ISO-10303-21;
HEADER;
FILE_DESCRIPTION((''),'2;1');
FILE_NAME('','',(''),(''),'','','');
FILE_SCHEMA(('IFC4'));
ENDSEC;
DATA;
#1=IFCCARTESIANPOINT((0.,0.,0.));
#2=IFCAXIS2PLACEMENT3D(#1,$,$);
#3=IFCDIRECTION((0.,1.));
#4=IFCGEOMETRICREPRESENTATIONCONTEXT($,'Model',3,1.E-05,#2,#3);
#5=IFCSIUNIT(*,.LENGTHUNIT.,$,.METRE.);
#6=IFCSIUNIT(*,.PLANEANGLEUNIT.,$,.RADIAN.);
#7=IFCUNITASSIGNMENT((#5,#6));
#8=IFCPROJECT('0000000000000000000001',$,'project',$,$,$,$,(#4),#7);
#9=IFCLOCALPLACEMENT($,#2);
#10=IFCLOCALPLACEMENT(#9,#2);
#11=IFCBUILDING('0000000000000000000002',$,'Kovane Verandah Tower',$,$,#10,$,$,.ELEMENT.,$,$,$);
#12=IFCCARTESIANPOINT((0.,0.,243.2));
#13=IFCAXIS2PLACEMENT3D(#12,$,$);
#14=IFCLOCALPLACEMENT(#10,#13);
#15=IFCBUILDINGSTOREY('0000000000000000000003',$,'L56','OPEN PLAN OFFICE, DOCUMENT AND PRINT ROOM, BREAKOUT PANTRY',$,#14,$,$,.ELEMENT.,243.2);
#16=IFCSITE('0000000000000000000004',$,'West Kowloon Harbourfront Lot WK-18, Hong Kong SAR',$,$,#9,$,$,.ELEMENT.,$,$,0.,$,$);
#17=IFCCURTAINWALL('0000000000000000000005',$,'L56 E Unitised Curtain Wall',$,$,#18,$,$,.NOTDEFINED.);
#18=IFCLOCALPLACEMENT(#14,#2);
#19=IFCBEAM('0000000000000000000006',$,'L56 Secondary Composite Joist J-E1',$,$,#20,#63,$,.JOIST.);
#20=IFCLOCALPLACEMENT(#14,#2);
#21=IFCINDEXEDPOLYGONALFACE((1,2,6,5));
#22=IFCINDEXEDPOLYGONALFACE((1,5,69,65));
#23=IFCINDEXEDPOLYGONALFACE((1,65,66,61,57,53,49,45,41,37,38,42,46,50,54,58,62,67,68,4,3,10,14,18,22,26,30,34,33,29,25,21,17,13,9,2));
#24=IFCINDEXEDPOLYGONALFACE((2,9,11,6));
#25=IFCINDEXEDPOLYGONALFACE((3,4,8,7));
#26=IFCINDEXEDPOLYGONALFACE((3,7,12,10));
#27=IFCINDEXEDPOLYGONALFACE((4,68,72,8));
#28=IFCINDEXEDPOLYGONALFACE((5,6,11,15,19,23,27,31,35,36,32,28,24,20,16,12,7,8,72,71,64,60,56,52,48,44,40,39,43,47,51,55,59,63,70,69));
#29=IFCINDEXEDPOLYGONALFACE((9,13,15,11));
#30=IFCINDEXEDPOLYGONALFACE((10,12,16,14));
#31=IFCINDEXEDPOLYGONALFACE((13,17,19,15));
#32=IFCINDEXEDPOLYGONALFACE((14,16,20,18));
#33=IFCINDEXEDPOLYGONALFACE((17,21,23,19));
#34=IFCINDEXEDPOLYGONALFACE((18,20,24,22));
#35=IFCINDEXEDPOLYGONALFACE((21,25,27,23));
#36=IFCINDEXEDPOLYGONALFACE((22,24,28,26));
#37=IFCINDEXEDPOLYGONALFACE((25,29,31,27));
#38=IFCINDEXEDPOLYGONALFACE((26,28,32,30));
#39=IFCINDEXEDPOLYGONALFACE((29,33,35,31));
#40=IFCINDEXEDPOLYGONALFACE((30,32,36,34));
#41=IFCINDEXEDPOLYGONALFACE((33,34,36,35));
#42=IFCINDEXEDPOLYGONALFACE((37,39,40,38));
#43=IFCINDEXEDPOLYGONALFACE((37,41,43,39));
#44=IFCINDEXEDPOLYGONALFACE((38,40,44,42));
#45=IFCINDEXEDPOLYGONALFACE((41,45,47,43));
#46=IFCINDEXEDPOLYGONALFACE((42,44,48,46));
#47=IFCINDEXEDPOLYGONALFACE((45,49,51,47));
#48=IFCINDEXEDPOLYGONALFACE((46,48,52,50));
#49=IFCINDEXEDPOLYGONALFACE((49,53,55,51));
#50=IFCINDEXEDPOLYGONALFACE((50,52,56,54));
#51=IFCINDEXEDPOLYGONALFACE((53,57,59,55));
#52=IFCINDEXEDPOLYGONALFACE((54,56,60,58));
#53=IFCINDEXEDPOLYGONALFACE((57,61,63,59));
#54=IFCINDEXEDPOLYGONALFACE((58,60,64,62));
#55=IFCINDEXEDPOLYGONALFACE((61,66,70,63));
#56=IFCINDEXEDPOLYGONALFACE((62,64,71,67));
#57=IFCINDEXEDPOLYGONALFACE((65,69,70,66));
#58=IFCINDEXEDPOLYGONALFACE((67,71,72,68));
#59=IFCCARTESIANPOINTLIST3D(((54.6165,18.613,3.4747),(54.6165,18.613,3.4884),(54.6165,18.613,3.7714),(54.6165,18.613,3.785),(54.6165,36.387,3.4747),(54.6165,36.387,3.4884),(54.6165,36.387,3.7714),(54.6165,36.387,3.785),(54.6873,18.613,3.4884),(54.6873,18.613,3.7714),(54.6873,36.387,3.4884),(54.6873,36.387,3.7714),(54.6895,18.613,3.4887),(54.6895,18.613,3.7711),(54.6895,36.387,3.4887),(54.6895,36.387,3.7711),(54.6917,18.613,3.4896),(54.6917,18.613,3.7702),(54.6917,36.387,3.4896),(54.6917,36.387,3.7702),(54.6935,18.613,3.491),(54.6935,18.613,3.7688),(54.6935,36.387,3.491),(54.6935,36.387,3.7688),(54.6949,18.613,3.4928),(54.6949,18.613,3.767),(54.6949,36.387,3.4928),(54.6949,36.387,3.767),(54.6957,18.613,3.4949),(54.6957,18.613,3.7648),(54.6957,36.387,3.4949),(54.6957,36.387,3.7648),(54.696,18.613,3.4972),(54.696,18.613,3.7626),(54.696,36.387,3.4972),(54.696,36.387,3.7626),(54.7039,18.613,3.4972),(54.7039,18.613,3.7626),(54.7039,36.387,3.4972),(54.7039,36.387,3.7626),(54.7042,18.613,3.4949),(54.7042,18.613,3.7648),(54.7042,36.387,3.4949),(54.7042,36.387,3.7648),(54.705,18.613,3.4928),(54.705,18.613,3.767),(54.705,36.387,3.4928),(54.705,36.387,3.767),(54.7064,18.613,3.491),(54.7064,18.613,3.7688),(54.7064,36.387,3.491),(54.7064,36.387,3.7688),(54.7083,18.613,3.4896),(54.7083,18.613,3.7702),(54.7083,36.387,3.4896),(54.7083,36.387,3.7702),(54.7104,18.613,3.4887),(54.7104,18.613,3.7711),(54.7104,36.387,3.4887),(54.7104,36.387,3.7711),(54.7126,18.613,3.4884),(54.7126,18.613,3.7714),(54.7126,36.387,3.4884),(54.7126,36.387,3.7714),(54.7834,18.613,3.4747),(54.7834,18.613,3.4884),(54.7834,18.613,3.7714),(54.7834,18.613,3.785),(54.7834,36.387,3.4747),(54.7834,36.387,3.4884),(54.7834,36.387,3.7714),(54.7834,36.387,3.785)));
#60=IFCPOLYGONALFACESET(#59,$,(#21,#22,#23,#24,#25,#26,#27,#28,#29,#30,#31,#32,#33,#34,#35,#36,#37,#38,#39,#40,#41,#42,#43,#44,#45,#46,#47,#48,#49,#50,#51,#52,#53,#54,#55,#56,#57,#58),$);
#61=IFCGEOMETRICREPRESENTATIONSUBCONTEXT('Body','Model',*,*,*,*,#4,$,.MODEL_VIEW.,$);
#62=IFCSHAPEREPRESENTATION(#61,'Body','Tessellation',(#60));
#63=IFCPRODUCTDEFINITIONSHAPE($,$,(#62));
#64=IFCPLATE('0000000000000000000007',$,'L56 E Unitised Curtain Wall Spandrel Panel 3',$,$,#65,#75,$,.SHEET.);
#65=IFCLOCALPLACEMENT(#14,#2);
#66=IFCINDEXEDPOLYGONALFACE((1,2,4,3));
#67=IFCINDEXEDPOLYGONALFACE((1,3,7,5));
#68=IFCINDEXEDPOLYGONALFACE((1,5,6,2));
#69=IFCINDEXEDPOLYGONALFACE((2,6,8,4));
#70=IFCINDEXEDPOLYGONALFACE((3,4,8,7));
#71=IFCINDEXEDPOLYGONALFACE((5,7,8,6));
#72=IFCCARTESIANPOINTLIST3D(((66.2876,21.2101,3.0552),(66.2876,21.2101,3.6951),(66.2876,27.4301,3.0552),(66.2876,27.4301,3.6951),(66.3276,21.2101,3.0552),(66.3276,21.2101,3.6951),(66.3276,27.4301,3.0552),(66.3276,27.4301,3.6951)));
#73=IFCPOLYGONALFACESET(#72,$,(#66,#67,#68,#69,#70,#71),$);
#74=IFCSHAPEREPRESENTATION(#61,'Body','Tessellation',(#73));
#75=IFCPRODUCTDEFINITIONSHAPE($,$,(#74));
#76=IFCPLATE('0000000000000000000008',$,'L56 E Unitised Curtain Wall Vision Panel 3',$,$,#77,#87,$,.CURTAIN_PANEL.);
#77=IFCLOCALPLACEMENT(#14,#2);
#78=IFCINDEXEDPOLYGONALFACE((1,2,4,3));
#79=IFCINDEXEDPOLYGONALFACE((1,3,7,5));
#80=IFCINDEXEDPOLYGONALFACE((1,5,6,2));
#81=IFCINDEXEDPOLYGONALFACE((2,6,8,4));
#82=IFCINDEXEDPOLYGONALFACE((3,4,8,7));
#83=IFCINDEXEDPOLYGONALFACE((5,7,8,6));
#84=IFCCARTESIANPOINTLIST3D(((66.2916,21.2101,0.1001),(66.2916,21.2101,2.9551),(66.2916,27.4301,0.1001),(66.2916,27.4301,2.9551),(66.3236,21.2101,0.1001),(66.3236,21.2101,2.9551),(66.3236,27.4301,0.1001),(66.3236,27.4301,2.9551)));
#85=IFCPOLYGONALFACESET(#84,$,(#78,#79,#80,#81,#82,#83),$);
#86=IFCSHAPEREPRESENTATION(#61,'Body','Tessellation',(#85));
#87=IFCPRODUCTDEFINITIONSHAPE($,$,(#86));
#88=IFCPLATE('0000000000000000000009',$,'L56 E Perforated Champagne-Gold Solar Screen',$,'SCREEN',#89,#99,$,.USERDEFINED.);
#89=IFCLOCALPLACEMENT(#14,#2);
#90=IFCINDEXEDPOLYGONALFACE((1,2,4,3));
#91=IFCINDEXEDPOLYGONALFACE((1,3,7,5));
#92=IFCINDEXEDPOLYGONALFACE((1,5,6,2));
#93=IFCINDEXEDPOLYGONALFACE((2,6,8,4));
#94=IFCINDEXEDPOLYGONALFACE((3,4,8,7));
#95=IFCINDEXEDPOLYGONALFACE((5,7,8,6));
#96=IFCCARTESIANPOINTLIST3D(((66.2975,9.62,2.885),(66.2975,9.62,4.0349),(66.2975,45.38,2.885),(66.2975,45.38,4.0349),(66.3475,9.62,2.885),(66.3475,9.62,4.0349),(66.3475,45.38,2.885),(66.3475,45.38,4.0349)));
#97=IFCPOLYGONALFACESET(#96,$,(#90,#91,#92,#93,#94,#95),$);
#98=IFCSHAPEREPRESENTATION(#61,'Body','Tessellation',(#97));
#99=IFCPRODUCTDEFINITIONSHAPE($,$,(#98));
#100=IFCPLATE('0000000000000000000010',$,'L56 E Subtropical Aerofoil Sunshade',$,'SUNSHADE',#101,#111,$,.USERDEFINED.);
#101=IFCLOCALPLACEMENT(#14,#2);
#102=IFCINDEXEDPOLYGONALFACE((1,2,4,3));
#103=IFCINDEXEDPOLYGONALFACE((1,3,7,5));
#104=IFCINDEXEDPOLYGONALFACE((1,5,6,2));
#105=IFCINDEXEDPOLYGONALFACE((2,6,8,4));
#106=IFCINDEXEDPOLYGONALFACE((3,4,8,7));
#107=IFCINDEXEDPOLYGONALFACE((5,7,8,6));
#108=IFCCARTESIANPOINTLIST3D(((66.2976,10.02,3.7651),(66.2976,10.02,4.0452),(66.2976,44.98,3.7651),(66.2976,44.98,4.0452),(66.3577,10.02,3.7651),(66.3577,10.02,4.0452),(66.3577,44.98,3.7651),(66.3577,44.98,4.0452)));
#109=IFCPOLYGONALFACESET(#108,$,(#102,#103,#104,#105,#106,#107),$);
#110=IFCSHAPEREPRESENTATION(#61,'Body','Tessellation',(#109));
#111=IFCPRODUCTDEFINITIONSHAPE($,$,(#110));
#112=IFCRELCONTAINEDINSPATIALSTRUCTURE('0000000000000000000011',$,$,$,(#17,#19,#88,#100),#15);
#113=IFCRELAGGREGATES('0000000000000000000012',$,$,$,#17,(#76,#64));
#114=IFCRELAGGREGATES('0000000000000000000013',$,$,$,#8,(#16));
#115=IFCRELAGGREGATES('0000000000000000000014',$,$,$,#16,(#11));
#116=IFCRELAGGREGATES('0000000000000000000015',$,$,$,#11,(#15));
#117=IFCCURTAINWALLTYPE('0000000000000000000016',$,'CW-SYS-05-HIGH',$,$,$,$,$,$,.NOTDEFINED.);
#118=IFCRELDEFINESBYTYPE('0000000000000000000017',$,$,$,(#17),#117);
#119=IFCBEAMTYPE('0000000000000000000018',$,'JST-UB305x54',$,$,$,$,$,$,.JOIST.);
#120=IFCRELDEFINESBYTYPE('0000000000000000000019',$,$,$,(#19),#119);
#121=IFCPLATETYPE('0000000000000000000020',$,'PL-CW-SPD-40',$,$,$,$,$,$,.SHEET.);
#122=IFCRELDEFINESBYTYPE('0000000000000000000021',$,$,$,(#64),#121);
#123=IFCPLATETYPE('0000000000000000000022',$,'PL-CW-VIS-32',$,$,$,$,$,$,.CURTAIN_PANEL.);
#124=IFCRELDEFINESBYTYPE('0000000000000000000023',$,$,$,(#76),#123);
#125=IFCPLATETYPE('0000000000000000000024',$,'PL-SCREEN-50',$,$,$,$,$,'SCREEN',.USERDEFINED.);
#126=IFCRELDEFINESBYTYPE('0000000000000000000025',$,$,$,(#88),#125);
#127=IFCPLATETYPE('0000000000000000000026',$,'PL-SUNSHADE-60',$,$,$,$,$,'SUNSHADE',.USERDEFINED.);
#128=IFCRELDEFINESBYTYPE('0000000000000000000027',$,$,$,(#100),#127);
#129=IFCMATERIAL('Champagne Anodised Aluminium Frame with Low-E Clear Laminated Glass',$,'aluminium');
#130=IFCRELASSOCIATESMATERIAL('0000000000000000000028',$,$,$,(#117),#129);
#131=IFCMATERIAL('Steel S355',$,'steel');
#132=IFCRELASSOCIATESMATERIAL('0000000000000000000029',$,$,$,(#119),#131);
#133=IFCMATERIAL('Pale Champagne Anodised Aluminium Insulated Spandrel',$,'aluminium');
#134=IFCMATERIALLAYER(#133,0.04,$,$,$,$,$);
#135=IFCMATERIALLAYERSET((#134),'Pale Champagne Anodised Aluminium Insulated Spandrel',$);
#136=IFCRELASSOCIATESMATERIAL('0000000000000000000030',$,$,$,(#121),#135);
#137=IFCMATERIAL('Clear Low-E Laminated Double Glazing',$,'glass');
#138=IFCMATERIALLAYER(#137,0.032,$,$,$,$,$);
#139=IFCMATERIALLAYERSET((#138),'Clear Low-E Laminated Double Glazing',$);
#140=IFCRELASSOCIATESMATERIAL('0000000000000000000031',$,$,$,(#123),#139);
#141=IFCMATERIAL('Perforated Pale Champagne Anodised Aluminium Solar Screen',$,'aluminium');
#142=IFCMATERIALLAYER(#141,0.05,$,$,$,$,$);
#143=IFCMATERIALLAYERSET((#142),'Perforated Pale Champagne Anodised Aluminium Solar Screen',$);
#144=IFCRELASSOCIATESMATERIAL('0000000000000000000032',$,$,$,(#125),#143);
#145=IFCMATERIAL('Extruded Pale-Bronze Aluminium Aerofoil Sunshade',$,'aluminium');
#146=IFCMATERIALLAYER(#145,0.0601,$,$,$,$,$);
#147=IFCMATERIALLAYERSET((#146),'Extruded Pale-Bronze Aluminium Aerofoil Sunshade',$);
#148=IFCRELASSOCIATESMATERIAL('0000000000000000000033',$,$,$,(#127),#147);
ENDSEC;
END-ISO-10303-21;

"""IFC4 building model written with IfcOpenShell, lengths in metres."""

from ifc_helpers import new_model, si_unit, direction, frame, origin, origin_2d, place, context, subcontext, project, spatial, rectangle, i_section, extrude, material, layer, layer_set, material_profile, profile_set, type_object, element, aggregate, save


model = new_model("IFC4")

# Units and contexts
model_context = context("Model", 3, precision=1e-05, world=origin(), true_north=direction((0.0, 1.0)))
body_context = subcontext(model_context, "Body", "Model", "MODEL_VIEW")
ifc_project = project(units=[si_unit("LENGTHUNIT", "METRE"), si_unit("PLANEANGLEUNIT", "RADIAN")], contexts=[model_context])

# Site, building, storey
site_placement = place(None, origin())
site = spatial("IfcSite", under=ifc_project, at=site_placement, Name="West Kowloon Harbourfront Lot WK-18, Hong Kong SAR", CompositionType="ELEMENT", RefElevation=0.0)
building_placement = place(site_placement, origin())
building = spatial("IfcBuilding", under=site, at=building_placement, Name="Kovane Verandah Tower", CompositionType="ELEMENT")
storey_placement = place(building_placement, frame((0.0, 0.0, 243.2)))
storey = spatial("IfcBuildingStorey", under=building, at=storey_placement, Name="L56", Description="OPEN PLAN OFFICE, DOCUMENT AND PRINT ROOM, BREAKOUT PANTRY", CompositionType="ELEMENT", Elevation=243.2)

# Shared definitions
ifc_material_1 = material(Name="Steel S355", Category="steel")

# Curtain wall
ifc_material_2 = material(Name="Champagne Anodised Aluminium Frame with Low-E Clear Laminated Glass", Category="aluminium")
curtain_wall_type = type_object("IfcCurtainWallType", Name="CW-SYS-05-HIGH", PredefinedType="NOTDEFINED", material=ifc_material_2)
curtain_wall_placement = place(storey_placement, origin())
curtain_wall = element("IfcCurtainWall", 1, at=curtain_wall_placement, inside=storey, type_object=curtain_wall_type, Name="L56 E Unitised Curtain Wall", PredefinedType="NOTDEFINED")

# Beam
ifc_material_profile_1 = material_profile(ifc_material_1, i_section(OverallWidth=0.167, OverallDepth=0.3103, WebThickness=0.0078, FlangeThickness=0.0137, FilletRadius=0.0088, at=origin_2d()), Name="UB305x165x54")
ifc_profile_set_1 = profile_set([ifc_material_profile_1], Name="Steel S355")
beam_type_1 = type_object("IfcBeamType", Name="JST-UB305x54", PredefinedType="JOIST", material=ifc_profile_set_1)
beam_1_placement = place(storey_placement, frame((54.7, 18.613, 3.6299), z_axis=(0.0, 1.0, 0.0), x_axis=(-1.0, 0.0, 0.0)))
element("IfcBeam", 2, at=beam_1_placement, inside=storey, type_object=beam_type_1, Name="L56 Secondary Composite Joist J-E1", PredefinedType="JOIST", context=body_context, shape_type="SweptSolid", body=[
    extrude(i_section(OverallWidth=0.167, OverallDepth=0.3103, WebThickness=0.0078, FlangeThickness=0.0137, FilletRadius=0.0088, at=origin_2d()), origin(), (0.0, 0.0, 1.0), 17.7739),
])

# Plates
ifc_material_3 = material(Name="Pale Champagne Anodised Aluminium Insulated Spandrel", Category="aluminium")
ifc_layer_1 = layer(ifc_material_3, 0.04)
ifc_layer_set_1 = layer_set([ifc_layer_1], Name="Pale Champagne Anodised Aluminium Insulated Spandrel")
plate_type_1 = type_object("IfcPlateType", Name="PL-CW-SPD-40", PredefinedType="SHEET", material=ifc_layer_set_1)
plate_1_placement = place(storey_placement, frame((66.3076, 24.3201, 3.0552), z_axis=(0.0, 0.0, 1.0), x_axis=(0.0, 1.0, 0.0)))
plate_1 = element("IfcPlate", 3, at=plate_1_placement, type_object=plate_type_1, Name="L56 E Unitised Curtain Wall Spandrel Panel 3", PredefinedType="SHEET", context=body_context, shape_type="SweptSolid", body=[
    extrude(rectangle(XDim=6.22, YDim=0.04, at=origin_2d()), origin(), (0.0, 0.0, 1.0), 0.6399),
])
ifc_material_4 = material(Name="Clear Low-E Laminated Double Glazing", Category="glass")
ifc_layer_2 = layer(ifc_material_4, 0.032)
ifc_layer_set_2 = layer_set([ifc_layer_2], Name="Clear Low-E Laminated Double Glazing")
plate_type_2 = type_object("IfcPlateType", Name="PL-CW-VIS-32", PredefinedType="CURTAIN_PANEL", material=ifc_layer_set_2)
plate_2_placement = place(storey_placement, frame((66.3076, 24.3201, 0.1001), z_axis=(0.0, 0.0, 1.0), x_axis=(0.0, 1.0, 0.0)))
plate_2 = element("IfcPlate", 4, at=plate_2_placement, type_object=plate_type_2, Name="L56 E Unitised Curtain Wall Vision Panel 3", PredefinedType="CURTAIN_PANEL", context=body_context, shape_type="SweptSolid", body=[
    extrude(rectangle(XDim=6.22, YDim=0.032, at=origin_2d()), origin(), (0.0, 0.0, 1.0), 2.855),
])
aggregate(curtain_wall, [plate_2, plate_1])

# Plates
ifc_material_5 = material(Name="Perforated Pale Champagne Anodised Aluminium Solar Screen", Category="aluminium")
ifc_layer_3 = layer(ifc_material_5, 0.05)
ifc_layer_set_3 = layer_set([ifc_layer_3], Name="Perforated Pale Champagne Anodised Aluminium Solar Screen")
plate_type_3 = type_object("IfcPlateType", Name="PL-SCREEN-50", ElementType="SCREEN", PredefinedType="USERDEFINED", material=ifc_layer_set_3)
plate_3_placement = place(storey_placement, frame((66.3225, 27.5, 2.885), z_axis=(0.0, 0.0, 1.0), x_axis=(0.0, 1.0, 0.0)))
element("IfcPlate", 5, at=plate_3_placement, inside=storey, type_object=plate_type_3, Name="L56 E Perforated Champagne-Gold Solar Screen", ObjectType="SCREEN", PredefinedType="USERDEFINED", context=body_context, shape_type="SweptSolid", body=[
    extrude(rectangle(XDim=35.76, YDim=0.05, at=origin_2d()), origin(), (0.0, 0.0, 1.0), 1.1499),
])
ifc_material_6 = material(Name="Extruded Pale-Bronze Aluminium Aerofoil Sunshade", Category="aluminium")
ifc_layer_4 = layer(ifc_material_6, 0.0601)
ifc_layer_set_4 = layer_set([ifc_layer_4], Name="Extruded Pale-Bronze Aluminium Aerofoil Sunshade")
plate_type_4 = type_object("IfcPlateType", Name="PL-SUNSHADE-60", ElementType="SUNSHADE", PredefinedType="USERDEFINED", material=ifc_layer_set_4)
plate_4_placement = place(storey_placement, frame((66.3276, 27.5, 3.7651), z_axis=(0.0, 0.0, 1.0), x_axis=(0.0, 1.0, 0.0)))
element("IfcPlate", 6, at=plate_4_placement, inside=storey, type_object=plate_type_4, Name="L56 E Subtropical Aerofoil Sunshade", ObjectType="SUNSHADE", PredefinedType="USERDEFINED", context=body_context, shape_type="SweptSolid", body=[
    extrude(rectangle(XDim=34.96, YDim=0.0601, at=origin_2d()), origin(), (0.0, 0.0, 1.0), 0.28),
])

save(model, "model.ifc")
